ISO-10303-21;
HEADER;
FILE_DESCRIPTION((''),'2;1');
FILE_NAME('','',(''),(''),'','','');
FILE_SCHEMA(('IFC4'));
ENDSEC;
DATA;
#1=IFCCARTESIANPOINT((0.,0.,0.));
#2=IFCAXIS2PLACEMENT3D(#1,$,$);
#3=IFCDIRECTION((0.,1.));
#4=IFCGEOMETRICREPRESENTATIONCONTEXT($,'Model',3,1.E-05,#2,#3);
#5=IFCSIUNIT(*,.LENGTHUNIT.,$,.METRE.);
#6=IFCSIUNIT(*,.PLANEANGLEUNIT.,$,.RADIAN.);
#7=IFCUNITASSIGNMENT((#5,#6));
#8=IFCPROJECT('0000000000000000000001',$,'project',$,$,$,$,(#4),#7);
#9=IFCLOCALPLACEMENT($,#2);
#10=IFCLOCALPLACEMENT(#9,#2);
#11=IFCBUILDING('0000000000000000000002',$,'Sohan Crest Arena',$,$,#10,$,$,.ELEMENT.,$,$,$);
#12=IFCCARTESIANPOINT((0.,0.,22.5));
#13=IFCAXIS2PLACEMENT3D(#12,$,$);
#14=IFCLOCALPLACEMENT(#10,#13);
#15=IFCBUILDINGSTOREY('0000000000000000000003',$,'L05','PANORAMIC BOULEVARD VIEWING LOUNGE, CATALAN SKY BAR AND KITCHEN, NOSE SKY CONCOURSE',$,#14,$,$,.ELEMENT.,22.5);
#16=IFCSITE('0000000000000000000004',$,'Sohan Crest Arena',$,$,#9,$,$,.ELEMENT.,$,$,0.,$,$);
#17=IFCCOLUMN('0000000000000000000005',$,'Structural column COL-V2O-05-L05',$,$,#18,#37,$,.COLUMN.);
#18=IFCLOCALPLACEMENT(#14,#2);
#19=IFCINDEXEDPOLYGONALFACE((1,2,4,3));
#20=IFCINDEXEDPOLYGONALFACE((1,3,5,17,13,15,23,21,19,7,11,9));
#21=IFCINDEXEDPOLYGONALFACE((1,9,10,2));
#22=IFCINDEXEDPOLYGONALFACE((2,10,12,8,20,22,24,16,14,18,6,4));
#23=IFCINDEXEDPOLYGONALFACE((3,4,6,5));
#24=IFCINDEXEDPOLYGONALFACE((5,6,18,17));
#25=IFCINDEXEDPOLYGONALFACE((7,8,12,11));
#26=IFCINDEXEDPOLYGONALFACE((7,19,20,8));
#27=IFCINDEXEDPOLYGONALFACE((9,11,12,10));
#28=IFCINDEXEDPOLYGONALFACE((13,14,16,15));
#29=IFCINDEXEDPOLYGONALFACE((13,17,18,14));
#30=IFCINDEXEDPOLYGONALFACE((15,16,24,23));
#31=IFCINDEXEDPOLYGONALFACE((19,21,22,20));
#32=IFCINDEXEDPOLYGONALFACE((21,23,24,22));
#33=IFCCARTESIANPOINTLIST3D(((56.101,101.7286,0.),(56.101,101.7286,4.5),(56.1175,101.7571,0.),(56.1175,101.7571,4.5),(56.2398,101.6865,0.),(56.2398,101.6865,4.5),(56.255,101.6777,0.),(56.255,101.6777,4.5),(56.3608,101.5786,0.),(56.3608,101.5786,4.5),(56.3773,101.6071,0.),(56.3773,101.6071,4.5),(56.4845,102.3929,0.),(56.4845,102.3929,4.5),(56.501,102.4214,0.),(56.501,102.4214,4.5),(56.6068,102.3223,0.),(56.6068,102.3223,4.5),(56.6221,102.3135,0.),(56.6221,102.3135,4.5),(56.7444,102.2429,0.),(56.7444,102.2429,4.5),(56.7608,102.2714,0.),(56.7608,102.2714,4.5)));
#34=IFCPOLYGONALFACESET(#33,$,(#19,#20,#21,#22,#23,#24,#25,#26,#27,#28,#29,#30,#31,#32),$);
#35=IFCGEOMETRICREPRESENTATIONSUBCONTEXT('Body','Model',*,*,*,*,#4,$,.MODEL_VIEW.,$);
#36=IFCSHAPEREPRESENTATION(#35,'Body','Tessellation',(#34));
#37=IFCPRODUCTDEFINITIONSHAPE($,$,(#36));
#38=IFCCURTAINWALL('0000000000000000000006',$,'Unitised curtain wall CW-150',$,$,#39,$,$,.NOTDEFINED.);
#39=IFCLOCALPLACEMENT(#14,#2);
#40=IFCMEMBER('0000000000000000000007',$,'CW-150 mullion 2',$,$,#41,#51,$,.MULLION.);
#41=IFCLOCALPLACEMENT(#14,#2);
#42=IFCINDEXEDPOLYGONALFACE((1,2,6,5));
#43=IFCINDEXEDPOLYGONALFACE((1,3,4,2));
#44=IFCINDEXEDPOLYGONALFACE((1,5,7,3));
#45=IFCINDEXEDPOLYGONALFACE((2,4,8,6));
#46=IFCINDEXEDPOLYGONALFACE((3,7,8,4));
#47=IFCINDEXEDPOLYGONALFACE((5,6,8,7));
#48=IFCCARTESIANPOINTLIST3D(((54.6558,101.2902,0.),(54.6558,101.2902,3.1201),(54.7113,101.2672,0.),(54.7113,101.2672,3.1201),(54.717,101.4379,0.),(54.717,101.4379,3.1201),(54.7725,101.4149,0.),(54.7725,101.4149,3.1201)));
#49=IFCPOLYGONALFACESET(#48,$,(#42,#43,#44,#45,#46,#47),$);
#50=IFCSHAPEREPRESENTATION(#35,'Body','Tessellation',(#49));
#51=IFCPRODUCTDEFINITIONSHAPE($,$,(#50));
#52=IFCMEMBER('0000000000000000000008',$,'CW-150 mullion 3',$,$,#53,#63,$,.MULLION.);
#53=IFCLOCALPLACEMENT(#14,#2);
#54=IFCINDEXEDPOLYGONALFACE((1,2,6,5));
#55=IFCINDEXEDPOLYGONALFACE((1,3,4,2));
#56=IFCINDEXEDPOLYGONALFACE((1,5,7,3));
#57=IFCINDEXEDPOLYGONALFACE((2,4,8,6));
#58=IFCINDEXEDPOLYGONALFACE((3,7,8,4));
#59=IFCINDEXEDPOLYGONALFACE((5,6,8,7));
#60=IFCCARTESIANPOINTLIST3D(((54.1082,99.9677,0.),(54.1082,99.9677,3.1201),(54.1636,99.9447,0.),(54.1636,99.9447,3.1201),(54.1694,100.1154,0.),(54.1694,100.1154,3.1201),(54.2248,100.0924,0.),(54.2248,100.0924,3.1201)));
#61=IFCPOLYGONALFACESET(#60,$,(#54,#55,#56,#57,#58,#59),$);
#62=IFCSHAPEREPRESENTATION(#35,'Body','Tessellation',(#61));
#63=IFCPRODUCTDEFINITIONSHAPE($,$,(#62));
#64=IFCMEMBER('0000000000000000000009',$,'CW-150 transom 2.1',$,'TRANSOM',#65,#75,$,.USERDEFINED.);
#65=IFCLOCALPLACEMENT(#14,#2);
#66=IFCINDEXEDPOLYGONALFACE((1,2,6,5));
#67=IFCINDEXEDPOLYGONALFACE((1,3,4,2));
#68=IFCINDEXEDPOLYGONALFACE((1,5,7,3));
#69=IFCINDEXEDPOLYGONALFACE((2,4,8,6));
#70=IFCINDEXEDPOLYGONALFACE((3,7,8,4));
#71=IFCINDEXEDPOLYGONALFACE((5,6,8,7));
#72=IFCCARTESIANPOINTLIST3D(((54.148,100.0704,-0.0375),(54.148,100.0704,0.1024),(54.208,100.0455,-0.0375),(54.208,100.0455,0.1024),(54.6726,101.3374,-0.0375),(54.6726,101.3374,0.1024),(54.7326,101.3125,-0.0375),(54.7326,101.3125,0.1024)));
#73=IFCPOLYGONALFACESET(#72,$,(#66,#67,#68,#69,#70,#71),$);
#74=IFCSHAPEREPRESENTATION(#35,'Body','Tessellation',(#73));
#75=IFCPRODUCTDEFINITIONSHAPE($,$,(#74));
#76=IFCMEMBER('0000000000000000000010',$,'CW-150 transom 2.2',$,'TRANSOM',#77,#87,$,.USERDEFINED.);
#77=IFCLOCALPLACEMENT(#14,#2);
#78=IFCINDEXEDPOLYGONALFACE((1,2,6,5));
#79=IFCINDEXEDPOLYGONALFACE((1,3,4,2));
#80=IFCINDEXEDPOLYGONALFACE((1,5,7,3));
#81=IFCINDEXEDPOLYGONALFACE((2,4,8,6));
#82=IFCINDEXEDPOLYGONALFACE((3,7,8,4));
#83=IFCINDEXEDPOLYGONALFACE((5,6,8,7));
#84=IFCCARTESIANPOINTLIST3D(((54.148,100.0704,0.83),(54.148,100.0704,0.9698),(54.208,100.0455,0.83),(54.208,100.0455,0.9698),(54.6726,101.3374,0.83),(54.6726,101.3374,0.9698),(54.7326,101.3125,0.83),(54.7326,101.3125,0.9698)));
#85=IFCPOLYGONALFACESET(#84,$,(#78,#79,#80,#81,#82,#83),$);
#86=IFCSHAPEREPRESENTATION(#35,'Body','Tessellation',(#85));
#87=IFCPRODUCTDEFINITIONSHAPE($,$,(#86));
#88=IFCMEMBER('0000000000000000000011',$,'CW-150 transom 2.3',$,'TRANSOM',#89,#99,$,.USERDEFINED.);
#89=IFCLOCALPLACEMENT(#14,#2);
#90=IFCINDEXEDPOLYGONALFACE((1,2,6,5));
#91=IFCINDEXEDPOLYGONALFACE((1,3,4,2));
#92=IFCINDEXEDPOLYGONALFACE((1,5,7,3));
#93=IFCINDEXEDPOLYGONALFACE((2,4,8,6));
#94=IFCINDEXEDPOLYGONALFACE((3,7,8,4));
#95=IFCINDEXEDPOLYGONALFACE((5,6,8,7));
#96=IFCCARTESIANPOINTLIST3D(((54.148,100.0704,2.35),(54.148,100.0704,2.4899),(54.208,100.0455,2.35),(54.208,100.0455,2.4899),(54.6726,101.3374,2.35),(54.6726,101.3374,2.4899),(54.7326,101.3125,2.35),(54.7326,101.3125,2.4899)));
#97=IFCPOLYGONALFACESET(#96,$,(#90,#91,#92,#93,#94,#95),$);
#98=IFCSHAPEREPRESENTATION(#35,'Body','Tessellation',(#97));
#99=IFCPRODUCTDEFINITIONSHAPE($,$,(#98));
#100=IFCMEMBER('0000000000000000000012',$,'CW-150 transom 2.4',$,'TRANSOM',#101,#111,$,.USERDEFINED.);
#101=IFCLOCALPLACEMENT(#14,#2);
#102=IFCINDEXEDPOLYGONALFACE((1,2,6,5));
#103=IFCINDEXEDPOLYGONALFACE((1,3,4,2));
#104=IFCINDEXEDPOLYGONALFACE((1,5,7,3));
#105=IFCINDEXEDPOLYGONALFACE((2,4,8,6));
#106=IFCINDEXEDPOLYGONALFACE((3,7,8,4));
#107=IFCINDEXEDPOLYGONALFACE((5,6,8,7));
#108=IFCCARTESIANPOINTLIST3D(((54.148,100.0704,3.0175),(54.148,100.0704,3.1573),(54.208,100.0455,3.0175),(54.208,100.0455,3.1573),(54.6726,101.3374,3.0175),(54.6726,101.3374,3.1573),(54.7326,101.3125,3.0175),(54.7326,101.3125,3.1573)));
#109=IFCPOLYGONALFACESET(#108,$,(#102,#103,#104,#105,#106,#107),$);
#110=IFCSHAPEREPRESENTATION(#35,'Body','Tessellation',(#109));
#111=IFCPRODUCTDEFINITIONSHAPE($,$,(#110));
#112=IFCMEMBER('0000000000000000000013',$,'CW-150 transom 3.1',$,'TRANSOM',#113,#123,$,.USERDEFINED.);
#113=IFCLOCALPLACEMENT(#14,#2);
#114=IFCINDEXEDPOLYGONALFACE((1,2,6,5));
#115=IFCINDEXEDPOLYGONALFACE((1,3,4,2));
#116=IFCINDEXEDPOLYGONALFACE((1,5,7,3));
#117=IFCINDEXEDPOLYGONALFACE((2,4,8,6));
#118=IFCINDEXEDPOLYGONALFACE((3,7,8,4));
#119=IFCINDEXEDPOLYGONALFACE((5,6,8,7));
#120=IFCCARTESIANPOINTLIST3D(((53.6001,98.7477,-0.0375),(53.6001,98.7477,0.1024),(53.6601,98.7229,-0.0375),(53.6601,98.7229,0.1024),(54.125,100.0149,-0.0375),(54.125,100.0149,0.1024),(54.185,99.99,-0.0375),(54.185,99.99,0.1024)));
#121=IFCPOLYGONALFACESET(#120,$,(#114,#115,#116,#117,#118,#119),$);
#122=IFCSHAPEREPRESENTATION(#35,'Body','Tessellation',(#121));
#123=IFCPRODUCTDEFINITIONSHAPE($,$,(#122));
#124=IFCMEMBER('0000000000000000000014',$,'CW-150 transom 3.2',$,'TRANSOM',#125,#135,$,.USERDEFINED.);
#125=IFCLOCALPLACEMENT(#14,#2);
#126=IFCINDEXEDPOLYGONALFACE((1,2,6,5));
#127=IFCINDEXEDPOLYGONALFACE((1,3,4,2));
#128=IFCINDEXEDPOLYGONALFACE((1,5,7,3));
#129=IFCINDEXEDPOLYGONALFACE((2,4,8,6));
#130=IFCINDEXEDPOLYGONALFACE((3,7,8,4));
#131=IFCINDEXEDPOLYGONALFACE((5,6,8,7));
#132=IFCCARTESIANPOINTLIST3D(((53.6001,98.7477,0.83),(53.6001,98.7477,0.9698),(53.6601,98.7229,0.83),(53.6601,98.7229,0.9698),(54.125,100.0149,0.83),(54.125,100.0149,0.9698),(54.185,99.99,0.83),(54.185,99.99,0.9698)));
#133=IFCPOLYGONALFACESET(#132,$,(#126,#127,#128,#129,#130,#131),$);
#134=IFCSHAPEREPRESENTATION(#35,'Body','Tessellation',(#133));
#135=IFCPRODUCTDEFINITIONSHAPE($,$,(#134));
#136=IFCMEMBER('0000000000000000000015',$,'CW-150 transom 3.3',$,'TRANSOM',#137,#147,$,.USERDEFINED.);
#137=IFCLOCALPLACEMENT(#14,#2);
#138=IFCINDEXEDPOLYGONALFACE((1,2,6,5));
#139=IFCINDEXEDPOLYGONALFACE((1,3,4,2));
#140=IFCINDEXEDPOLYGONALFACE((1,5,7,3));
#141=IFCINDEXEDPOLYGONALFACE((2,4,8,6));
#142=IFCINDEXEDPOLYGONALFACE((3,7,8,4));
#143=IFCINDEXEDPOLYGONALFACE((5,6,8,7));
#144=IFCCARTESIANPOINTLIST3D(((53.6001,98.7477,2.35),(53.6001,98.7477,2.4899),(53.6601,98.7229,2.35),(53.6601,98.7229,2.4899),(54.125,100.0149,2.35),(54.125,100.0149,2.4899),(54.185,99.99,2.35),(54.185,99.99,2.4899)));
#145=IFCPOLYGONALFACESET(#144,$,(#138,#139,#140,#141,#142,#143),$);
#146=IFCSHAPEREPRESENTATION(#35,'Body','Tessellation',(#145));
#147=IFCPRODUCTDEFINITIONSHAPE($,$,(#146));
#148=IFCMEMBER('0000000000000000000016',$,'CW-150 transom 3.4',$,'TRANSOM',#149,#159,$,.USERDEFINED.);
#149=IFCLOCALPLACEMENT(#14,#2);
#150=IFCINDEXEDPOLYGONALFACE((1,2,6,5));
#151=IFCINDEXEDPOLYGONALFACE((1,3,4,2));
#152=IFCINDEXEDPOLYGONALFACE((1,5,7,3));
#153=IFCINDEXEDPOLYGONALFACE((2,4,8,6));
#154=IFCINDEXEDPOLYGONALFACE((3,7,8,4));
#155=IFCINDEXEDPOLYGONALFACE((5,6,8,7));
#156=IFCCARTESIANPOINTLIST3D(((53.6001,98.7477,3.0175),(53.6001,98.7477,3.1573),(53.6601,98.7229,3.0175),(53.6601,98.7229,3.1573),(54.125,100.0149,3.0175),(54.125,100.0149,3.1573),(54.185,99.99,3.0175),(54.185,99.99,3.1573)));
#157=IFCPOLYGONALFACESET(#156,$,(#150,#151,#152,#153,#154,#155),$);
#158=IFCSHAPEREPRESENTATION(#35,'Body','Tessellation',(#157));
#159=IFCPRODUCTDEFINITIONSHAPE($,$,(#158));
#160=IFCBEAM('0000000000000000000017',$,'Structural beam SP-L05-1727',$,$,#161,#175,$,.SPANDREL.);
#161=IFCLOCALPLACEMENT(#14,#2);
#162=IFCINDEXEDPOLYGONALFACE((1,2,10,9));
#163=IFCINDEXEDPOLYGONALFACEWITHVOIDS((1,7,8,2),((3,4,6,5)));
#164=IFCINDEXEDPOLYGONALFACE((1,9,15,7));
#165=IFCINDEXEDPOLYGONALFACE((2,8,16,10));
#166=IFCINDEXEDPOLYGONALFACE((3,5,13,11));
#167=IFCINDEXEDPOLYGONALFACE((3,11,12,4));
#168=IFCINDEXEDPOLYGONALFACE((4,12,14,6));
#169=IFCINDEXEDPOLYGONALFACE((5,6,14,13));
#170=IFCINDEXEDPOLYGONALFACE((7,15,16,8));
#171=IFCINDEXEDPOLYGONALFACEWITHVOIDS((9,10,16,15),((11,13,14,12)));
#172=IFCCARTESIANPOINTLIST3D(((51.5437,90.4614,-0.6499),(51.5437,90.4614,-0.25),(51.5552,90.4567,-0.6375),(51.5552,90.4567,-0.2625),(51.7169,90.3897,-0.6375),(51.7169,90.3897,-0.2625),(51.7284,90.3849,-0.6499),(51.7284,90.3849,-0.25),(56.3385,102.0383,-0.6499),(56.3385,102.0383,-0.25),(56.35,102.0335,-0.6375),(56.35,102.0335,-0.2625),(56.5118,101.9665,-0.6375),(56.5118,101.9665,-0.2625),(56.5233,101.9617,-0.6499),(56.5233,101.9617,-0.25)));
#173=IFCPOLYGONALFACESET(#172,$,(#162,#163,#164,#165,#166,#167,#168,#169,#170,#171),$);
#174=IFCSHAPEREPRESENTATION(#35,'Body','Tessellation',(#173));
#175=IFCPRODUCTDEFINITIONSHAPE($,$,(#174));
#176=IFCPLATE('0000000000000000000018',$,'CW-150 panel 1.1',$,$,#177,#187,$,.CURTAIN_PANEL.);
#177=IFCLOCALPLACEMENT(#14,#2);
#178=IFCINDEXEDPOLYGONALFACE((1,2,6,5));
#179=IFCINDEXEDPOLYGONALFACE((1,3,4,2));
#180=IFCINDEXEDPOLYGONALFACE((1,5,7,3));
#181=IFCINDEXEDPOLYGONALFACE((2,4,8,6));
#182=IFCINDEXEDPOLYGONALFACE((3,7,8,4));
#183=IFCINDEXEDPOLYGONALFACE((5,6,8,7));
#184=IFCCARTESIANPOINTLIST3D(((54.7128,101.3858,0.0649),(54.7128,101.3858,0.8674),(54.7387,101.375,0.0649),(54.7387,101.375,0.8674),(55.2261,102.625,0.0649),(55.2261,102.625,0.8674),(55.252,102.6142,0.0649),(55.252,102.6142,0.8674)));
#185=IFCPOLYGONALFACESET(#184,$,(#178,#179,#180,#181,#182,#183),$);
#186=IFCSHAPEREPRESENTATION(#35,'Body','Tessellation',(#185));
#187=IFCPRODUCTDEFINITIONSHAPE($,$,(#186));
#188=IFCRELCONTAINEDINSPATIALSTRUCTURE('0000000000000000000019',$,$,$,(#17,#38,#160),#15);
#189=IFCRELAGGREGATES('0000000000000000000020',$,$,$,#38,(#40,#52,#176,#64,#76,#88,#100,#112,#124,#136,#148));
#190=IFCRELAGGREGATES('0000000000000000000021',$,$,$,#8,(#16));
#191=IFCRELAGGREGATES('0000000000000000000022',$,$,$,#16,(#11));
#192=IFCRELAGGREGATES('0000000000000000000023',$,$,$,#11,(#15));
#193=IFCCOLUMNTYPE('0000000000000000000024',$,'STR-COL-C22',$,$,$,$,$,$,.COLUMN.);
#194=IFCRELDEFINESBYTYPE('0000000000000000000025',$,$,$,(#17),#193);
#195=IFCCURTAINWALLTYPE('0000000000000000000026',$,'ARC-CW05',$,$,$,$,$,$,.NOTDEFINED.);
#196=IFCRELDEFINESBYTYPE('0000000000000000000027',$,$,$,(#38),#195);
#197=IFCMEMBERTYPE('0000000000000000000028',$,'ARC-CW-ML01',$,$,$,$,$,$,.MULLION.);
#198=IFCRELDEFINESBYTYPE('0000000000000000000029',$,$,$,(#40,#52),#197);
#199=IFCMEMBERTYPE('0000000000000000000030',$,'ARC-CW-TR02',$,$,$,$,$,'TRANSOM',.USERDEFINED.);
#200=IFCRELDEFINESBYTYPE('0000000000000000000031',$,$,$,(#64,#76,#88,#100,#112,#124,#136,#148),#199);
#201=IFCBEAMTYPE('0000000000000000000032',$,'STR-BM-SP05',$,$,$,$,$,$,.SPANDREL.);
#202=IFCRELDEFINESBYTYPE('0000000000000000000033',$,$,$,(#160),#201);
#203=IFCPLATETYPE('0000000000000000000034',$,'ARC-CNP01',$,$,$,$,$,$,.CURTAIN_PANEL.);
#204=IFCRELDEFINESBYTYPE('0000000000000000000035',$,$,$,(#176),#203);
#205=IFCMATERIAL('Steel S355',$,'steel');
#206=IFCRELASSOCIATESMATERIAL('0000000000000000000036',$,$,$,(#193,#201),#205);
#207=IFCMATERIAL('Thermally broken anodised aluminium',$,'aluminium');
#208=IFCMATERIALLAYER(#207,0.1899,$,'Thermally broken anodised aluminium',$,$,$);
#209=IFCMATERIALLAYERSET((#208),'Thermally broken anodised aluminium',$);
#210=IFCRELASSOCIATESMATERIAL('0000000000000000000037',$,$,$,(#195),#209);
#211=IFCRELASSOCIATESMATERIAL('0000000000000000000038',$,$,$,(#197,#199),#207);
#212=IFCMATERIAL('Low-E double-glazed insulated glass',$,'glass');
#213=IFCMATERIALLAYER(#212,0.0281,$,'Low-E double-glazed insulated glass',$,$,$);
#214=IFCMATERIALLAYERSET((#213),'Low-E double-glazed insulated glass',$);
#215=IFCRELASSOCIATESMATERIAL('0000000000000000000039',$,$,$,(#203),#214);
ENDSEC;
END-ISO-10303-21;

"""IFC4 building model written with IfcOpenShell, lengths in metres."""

from ifc_helpers import new_model, si_unit, direction, frame, origin, origin_2d, place, context, subcontext, project, spatial, rectangle, hollow_rectangle, i_section, extrude, material, layer, layer_set, material_profile, profile_set, type_object, element, aggregate, save


model = new_model("IFC4")

# Units and contexts
model_context = context("Model", 3, precision=1e-05, world=origin(), true_north=direction((0.0, 1.0)))
body_context = subcontext(model_context, "Body", "Model", "MODEL_VIEW")
ifc_project = project(units=[si_unit("LENGTHUNIT", "METRE"), si_unit("PLANEANGLEUNIT", "RADIAN")], contexts=[model_context])

# Site, building, storey
site_placement = place(None, origin())
site = spatial("IfcSite", under=ifc_project, at=site_placement, Name="Sohan Crest Arena", CompositionType="ELEMENT", RefElevation=0.0)
building_placement = place(site_placement, origin())
building = spatial("IfcBuilding", under=site, at=building_placement, Name="Sohan Crest Arena", CompositionType="ELEMENT")
storey_placement = place(building_placement, frame((0.0, 0.0, 22.5)))
storey = spatial("IfcBuildingStorey", under=building, at=storey_placement, Name="L05", Description="PANORAMIC BOULEVARD VIEWING LOUNGE, CATALAN SKY BAR AND KITCHEN, NOSE SKY CONCOURSE", CompositionType="ELEMENT", Elevation=22.5)

# Column
ifc_material_1 = material(Name="Steel S355", Category="steel")
ifc_material_profile_1 = material_profile(ifc_material_1, i_section(OverallWidth=0.3, OverallDepth=0.8, WebThickness=0.0176, FlangeThickness=0.033, at=origin_2d()), Name="HEB 800")
ifc_profile_set_1 = profile_set([ifc_material_profile_1], Name="Steel S355")
column_type = type_object("IfcColumnType", Name="STR-COL-C22", PredefinedType="COLUMN", material=ifc_profile_set_1)
column_placement = place(storey_placement, frame((56.4309, 102.0, 0.0), z_axis=(0.0, 0.0, 1.0), x_axis=(-0.866025, 0.5, 0.0)))
element("IfcColumn", 1, at=column_placement, inside=storey, type_object=column_type, Name="Structural column COL-V2O-05-L05", PredefinedType="COLUMN", context=body_context, shape_type="SweptSolid", body=[
    extrude(i_section(OverallWidth=0.3, OverallDepth=0.8, WebThickness=0.0176, FlangeThickness=0.033, at=origin_2d()), origin(), (0.0, 0.0, 1.0), 4.5),
])

# Curtain wall, members
ifc_material_2 = material(Name="Thermally broken anodised aluminium", Category="aluminium")
ifc_layer_1 = layer(ifc_material_2, 0.1899, Name="Thermally broken anodised aluminium")
ifc_layer_set_1 = layer_set([ifc_layer_1], Name="Thermally broken anodised aluminium")
curtain_wall_type = type_object("IfcCurtainWallType", Name="ARC-CW05", PredefinedType="NOTDEFINED", material=ifc_layer_set_1)
curtain_wall_placement = place(storey_placement, origin())
curtain_wall = element("IfcCurtainWall", 2, at=curtain_wall_placement, inside=storey, type_object=curtain_wall_type, Name="Unitised curtain wall CW-150", PredefinedType="NOTDEFINED")
ifc_material_profile_2 = material_profile(ifc_material_2, rectangle(XDim=0.0601, YDim=0.1599, at=origin_2d()), Name="ALU-MULL 60x160")
ifc_profile_set_2 = profile_set([ifc_material_profile_2], Name="Thermally broken anodised aluminium")
member_type_1 = type_object("IfcMemberType", Name="ARC-CW-ML01", PredefinedType="MULLION", material=ifc_profile_set_2)
member_1_placement = place(storey_placement, frame((54.7141, 101.3525, 0.0), z_axis=(0.0, 0.0, 1.0), x_axis=(0.923879, -0.382685, 0.0)))
member_1 = element("IfcMember", 3, at=member_1_placement, type_object=member_type_1, Name="CW-150 mullion 2", PredefinedType="MULLION", context=body_context, shape_type="SweptSolid", body=[
    extrude(rectangle(XDim=0.0601, YDim=0.1599, at=origin_2d()), origin(), (0.0, 0.0, 1.0), 3.1201),
])
member_2_placement = place(storey_placement, frame((54.1665, 100.03, 0.0), z_axis=(0.0, 0.0, 1.0), x_axis=(0.923879, -0.382685, 0.0)))
member_2 = element("IfcMember", 4, at=member_2_placement, type_object=member_type_1, Name="CW-150 mullion 3", PredefinedType="MULLION", context=body_context, shape_type="SweptSolid", body=[
    extrude(rectangle(XDim=0.0601, YDim=0.1599, at=origin_2d()), origin(), (0.0, 0.0, 1.0), 3.1201),
])
ifc_material_profile_3 = material_profile(ifc_material_2, rectangle(XDim=0.0649, YDim=0.1399, at=origin_2d()), Name="ALU-TRAN 65x140")
ifc_profile_set_3 = profile_set([ifc_material_profile_3], Name="Thermally broken anodised aluminium")
member_type_2 = type_object("IfcMemberType", Name="ARC-CW-TR02", ElementType="TRANSOM", PredefinedType="USERDEFINED", material=ifc_profile_set_3)
member_3_placement = place(storey_placement, frame((54.7026, 101.325, 0.0325), z_axis=(-0.382567, -0.923928, 0.0), x_axis=(0.923928, -0.382567, 0.0)))
member_3 = element("IfcMember", 5, at=member_3_placement, type_object=member_type_2, Name="CW-150 transom 2.1", ObjectType="TRANSOM", PredefinedType="USERDEFINED", context=body_context, shape_type="SweptSolid", body=[
    extrude(rectangle(XDim=0.0649, YDim=0.1399, at=origin_2d()), origin(), (0.0, 0.0, 1.0), 1.3713),
])
member_4_placement = place(storey_placement, frame((54.7026, 101.325, 0.8999), z_axis=(-0.382567, -0.923928, 0.0), x_axis=(0.923928, -0.382567, 0.0)))
member_4 = element("IfcMember", 6, at=member_4_placement, type_object=member_type_2, Name="CW-150 transom 2.2", ObjectType="TRANSOM", PredefinedType="USERDEFINED", context=body_context, shape_type="SweptSolid", body=[
    extrude(rectangle(XDim=0.0649, YDim=0.1399, at=origin_2d()), origin(), (0.0, 0.0, 1.0), 1.3713),
])
member_5_placement = place(storey_placement, frame((54.7026, 101.325, 2.4199), z_axis=(-0.382567, -0.923928, 0.0), x_axis=(0.923928, -0.382567, 0.0)))
member_5 = element("IfcMember", 7, at=member_5_placement, type_object=member_type_2, Name="CW-150 transom 2.3", ObjectType="TRANSOM", PredefinedType="USERDEFINED", context=body_context, shape_type="SweptSolid", body=[
    extrude(rectangle(XDim=0.0649, YDim=0.1399, at=origin_2d()), origin(), (0.0, 0.0, 1.0), 1.3713),
])
member_6_placement = place(storey_placement, frame((54.7026, 101.325, 3.0874), z_axis=(-0.382567, -0.923928, 0.0), x_axis=(0.923928, -0.382567, 0.0)))
member_6 = element("IfcMember", 8, at=member_6_placement, type_object=member_type_2, Name="CW-150 transom 2.4", ObjectType="TRANSOM", PredefinedType="USERDEFINED", context=body_context, shape_type="SweptSolid", body=[
    extrude(rectangle(XDim=0.0649, YDim=0.1399, at=origin_2d()), origin(), (0.0, 0.0, 1.0), 1.3713),
])
member_7_placement = place(storey_placement, frame((54.155, 100.0024, 0.0325), z_axis=(-0.382719, -0.923865, 0.0), x_axis=(0.923865, -0.382719, 0.0)))
member_7 = element("IfcMember", 9, at=member_7_placement, type_object=member_type_2, Name="CW-150 transom 3.1", ObjectType="TRANSOM", PredefinedType="USERDEFINED", context=body_context, shape_type="SweptSolid", body=[
    extrude(rectangle(XDim=0.0649, YDim=0.1399, at=origin_2d()), origin(), (0.0, 0.0, 1.0), 1.3716),
])
member_8_placement = place(storey_placement, frame((54.155, 100.0024, 0.8999), z_axis=(-0.382719, -0.923865, 0.0), x_axis=(0.923865, -0.382719, 0.0)))
member_8 = element("IfcMember", 10, at=member_8_placement, type_object=member_type_2, Name="CW-150 transom 3.2", ObjectType="TRANSOM", PredefinedType="USERDEFINED", context=body_context, shape_type="SweptSolid", body=[
    extrude(rectangle(XDim=0.0649, YDim=0.1399, at=origin_2d()), origin(), (0.0, 0.0, 1.0), 1.3716),
])
member_9_placement = place(storey_placement, frame((54.155, 100.0024, 2.4199), z_axis=(-0.382719, -0.923865, 0.0), x_axis=(0.923865, -0.382719, 0.0)))
member_9 = element("IfcMember", 11, at=member_9_placement, type_object=member_type_2, Name="CW-150 transom 3.3", ObjectType="TRANSOM", PredefinedType="USERDEFINED", context=body_context, shape_type="SweptSolid", body=[
    extrude(rectangle(XDim=0.0649, YDim=0.1399, at=origin_2d()), origin(), (0.0, 0.0, 1.0), 1.3716),
])
member_10_placement = place(storey_placement, frame((54.155, 100.0024, 3.0874), z_axis=(-0.382719, -0.923865, 0.0), x_axis=(0.923865, -0.382719, 0.0)))
member_10 = element("IfcMember", 12, at=member_10_placement, type_object=member_type_2, Name="CW-150 transom 3.4", ObjectType="TRANSOM", PredefinedType="USERDEFINED", context=body_context, shape_type="SweptSolid", body=[
    extrude(rectangle(XDim=0.0649, YDim=0.1399, at=origin_2d()), origin(), (0.0, 0.0, 1.0), 1.3716),
])

# Beam
ifc_material_profile_4 = material_profile(ifc_material_1, hollow_rectangle(XDim=0.2, YDim=0.3999, WallThickness=0.0125, at=origin_2d()), Name="RHS 400x200x12.5")
ifc_profile_set_4 = profile_set([ifc_material_profile_4], Name="Steel S355")
beam_type = type_object("IfcBeamType", Name="STR-BM-SP05", PredefinedType="SPANDREL", material=ifc_profile_set_4)
beam_placement = place(storey_placement, frame((56.4309, 102.0, -0.45), z_axis=(-0.382657, -0.923891, 0.0), x_axis=(0.923891, -0.382657, 0.0)))
element("IfcBeam", 13, at=beam_placement, inside=storey, type_object=beam_type, Name="Structural beam SP-L05-1727", PredefinedType="SPANDREL", context=body_context, shape_type="SweptSolid", body=[
    extrude(hollow_rectangle(XDim=0.2, YDim=0.3999, WallThickness=0.0125, at=origin_2d()), origin(), (0.0, 0.0, 1.0), 12.5305),
])

# Plate
ifc_material_3 = material(Name="Low-E double-glazed insulated glass", Category="glass")
ifc_layer_2 = layer(ifc_material_3, 0.0281, Name="Low-E double-glazed insulated glass")
ifc_layer_set_2 = layer_set([ifc_layer_2], Name="Low-E double-glazed insulated glass")
plate_type = type_object("IfcPlateType", Name="ARC-CNP01", PredefinedType="CURTAIN_PANEL", material=ifc_layer_set_2)
plate_1_placement = place(storey_placement, frame((54.9824, 102.0, 0.0649), z_axis=(0.0, 0.0, 1.0), x_axis=(-0.382685, -0.923879, 0.0)))
plate_1 = element("IfcPlate", 14, at=plate_1_placement, type_object=plate_type, Name="CW-150 panel 1.1", PredefinedType="CURTAIN_PANEL", context=body_context, shape_type="SweptSolid", body=[
    extrude(rectangle(XDim=1.3413, YDim=0.0281, at=origin_2d()), origin(), (0.0, 0.0, 1.0), 0.8025),
])
aggregate(curtain_wall, [member_1, member_2, plate_1, member_3, member_4, member_5, member_6, member_7, member_8, member_9, member_10])

save(model, "model.ifc")
